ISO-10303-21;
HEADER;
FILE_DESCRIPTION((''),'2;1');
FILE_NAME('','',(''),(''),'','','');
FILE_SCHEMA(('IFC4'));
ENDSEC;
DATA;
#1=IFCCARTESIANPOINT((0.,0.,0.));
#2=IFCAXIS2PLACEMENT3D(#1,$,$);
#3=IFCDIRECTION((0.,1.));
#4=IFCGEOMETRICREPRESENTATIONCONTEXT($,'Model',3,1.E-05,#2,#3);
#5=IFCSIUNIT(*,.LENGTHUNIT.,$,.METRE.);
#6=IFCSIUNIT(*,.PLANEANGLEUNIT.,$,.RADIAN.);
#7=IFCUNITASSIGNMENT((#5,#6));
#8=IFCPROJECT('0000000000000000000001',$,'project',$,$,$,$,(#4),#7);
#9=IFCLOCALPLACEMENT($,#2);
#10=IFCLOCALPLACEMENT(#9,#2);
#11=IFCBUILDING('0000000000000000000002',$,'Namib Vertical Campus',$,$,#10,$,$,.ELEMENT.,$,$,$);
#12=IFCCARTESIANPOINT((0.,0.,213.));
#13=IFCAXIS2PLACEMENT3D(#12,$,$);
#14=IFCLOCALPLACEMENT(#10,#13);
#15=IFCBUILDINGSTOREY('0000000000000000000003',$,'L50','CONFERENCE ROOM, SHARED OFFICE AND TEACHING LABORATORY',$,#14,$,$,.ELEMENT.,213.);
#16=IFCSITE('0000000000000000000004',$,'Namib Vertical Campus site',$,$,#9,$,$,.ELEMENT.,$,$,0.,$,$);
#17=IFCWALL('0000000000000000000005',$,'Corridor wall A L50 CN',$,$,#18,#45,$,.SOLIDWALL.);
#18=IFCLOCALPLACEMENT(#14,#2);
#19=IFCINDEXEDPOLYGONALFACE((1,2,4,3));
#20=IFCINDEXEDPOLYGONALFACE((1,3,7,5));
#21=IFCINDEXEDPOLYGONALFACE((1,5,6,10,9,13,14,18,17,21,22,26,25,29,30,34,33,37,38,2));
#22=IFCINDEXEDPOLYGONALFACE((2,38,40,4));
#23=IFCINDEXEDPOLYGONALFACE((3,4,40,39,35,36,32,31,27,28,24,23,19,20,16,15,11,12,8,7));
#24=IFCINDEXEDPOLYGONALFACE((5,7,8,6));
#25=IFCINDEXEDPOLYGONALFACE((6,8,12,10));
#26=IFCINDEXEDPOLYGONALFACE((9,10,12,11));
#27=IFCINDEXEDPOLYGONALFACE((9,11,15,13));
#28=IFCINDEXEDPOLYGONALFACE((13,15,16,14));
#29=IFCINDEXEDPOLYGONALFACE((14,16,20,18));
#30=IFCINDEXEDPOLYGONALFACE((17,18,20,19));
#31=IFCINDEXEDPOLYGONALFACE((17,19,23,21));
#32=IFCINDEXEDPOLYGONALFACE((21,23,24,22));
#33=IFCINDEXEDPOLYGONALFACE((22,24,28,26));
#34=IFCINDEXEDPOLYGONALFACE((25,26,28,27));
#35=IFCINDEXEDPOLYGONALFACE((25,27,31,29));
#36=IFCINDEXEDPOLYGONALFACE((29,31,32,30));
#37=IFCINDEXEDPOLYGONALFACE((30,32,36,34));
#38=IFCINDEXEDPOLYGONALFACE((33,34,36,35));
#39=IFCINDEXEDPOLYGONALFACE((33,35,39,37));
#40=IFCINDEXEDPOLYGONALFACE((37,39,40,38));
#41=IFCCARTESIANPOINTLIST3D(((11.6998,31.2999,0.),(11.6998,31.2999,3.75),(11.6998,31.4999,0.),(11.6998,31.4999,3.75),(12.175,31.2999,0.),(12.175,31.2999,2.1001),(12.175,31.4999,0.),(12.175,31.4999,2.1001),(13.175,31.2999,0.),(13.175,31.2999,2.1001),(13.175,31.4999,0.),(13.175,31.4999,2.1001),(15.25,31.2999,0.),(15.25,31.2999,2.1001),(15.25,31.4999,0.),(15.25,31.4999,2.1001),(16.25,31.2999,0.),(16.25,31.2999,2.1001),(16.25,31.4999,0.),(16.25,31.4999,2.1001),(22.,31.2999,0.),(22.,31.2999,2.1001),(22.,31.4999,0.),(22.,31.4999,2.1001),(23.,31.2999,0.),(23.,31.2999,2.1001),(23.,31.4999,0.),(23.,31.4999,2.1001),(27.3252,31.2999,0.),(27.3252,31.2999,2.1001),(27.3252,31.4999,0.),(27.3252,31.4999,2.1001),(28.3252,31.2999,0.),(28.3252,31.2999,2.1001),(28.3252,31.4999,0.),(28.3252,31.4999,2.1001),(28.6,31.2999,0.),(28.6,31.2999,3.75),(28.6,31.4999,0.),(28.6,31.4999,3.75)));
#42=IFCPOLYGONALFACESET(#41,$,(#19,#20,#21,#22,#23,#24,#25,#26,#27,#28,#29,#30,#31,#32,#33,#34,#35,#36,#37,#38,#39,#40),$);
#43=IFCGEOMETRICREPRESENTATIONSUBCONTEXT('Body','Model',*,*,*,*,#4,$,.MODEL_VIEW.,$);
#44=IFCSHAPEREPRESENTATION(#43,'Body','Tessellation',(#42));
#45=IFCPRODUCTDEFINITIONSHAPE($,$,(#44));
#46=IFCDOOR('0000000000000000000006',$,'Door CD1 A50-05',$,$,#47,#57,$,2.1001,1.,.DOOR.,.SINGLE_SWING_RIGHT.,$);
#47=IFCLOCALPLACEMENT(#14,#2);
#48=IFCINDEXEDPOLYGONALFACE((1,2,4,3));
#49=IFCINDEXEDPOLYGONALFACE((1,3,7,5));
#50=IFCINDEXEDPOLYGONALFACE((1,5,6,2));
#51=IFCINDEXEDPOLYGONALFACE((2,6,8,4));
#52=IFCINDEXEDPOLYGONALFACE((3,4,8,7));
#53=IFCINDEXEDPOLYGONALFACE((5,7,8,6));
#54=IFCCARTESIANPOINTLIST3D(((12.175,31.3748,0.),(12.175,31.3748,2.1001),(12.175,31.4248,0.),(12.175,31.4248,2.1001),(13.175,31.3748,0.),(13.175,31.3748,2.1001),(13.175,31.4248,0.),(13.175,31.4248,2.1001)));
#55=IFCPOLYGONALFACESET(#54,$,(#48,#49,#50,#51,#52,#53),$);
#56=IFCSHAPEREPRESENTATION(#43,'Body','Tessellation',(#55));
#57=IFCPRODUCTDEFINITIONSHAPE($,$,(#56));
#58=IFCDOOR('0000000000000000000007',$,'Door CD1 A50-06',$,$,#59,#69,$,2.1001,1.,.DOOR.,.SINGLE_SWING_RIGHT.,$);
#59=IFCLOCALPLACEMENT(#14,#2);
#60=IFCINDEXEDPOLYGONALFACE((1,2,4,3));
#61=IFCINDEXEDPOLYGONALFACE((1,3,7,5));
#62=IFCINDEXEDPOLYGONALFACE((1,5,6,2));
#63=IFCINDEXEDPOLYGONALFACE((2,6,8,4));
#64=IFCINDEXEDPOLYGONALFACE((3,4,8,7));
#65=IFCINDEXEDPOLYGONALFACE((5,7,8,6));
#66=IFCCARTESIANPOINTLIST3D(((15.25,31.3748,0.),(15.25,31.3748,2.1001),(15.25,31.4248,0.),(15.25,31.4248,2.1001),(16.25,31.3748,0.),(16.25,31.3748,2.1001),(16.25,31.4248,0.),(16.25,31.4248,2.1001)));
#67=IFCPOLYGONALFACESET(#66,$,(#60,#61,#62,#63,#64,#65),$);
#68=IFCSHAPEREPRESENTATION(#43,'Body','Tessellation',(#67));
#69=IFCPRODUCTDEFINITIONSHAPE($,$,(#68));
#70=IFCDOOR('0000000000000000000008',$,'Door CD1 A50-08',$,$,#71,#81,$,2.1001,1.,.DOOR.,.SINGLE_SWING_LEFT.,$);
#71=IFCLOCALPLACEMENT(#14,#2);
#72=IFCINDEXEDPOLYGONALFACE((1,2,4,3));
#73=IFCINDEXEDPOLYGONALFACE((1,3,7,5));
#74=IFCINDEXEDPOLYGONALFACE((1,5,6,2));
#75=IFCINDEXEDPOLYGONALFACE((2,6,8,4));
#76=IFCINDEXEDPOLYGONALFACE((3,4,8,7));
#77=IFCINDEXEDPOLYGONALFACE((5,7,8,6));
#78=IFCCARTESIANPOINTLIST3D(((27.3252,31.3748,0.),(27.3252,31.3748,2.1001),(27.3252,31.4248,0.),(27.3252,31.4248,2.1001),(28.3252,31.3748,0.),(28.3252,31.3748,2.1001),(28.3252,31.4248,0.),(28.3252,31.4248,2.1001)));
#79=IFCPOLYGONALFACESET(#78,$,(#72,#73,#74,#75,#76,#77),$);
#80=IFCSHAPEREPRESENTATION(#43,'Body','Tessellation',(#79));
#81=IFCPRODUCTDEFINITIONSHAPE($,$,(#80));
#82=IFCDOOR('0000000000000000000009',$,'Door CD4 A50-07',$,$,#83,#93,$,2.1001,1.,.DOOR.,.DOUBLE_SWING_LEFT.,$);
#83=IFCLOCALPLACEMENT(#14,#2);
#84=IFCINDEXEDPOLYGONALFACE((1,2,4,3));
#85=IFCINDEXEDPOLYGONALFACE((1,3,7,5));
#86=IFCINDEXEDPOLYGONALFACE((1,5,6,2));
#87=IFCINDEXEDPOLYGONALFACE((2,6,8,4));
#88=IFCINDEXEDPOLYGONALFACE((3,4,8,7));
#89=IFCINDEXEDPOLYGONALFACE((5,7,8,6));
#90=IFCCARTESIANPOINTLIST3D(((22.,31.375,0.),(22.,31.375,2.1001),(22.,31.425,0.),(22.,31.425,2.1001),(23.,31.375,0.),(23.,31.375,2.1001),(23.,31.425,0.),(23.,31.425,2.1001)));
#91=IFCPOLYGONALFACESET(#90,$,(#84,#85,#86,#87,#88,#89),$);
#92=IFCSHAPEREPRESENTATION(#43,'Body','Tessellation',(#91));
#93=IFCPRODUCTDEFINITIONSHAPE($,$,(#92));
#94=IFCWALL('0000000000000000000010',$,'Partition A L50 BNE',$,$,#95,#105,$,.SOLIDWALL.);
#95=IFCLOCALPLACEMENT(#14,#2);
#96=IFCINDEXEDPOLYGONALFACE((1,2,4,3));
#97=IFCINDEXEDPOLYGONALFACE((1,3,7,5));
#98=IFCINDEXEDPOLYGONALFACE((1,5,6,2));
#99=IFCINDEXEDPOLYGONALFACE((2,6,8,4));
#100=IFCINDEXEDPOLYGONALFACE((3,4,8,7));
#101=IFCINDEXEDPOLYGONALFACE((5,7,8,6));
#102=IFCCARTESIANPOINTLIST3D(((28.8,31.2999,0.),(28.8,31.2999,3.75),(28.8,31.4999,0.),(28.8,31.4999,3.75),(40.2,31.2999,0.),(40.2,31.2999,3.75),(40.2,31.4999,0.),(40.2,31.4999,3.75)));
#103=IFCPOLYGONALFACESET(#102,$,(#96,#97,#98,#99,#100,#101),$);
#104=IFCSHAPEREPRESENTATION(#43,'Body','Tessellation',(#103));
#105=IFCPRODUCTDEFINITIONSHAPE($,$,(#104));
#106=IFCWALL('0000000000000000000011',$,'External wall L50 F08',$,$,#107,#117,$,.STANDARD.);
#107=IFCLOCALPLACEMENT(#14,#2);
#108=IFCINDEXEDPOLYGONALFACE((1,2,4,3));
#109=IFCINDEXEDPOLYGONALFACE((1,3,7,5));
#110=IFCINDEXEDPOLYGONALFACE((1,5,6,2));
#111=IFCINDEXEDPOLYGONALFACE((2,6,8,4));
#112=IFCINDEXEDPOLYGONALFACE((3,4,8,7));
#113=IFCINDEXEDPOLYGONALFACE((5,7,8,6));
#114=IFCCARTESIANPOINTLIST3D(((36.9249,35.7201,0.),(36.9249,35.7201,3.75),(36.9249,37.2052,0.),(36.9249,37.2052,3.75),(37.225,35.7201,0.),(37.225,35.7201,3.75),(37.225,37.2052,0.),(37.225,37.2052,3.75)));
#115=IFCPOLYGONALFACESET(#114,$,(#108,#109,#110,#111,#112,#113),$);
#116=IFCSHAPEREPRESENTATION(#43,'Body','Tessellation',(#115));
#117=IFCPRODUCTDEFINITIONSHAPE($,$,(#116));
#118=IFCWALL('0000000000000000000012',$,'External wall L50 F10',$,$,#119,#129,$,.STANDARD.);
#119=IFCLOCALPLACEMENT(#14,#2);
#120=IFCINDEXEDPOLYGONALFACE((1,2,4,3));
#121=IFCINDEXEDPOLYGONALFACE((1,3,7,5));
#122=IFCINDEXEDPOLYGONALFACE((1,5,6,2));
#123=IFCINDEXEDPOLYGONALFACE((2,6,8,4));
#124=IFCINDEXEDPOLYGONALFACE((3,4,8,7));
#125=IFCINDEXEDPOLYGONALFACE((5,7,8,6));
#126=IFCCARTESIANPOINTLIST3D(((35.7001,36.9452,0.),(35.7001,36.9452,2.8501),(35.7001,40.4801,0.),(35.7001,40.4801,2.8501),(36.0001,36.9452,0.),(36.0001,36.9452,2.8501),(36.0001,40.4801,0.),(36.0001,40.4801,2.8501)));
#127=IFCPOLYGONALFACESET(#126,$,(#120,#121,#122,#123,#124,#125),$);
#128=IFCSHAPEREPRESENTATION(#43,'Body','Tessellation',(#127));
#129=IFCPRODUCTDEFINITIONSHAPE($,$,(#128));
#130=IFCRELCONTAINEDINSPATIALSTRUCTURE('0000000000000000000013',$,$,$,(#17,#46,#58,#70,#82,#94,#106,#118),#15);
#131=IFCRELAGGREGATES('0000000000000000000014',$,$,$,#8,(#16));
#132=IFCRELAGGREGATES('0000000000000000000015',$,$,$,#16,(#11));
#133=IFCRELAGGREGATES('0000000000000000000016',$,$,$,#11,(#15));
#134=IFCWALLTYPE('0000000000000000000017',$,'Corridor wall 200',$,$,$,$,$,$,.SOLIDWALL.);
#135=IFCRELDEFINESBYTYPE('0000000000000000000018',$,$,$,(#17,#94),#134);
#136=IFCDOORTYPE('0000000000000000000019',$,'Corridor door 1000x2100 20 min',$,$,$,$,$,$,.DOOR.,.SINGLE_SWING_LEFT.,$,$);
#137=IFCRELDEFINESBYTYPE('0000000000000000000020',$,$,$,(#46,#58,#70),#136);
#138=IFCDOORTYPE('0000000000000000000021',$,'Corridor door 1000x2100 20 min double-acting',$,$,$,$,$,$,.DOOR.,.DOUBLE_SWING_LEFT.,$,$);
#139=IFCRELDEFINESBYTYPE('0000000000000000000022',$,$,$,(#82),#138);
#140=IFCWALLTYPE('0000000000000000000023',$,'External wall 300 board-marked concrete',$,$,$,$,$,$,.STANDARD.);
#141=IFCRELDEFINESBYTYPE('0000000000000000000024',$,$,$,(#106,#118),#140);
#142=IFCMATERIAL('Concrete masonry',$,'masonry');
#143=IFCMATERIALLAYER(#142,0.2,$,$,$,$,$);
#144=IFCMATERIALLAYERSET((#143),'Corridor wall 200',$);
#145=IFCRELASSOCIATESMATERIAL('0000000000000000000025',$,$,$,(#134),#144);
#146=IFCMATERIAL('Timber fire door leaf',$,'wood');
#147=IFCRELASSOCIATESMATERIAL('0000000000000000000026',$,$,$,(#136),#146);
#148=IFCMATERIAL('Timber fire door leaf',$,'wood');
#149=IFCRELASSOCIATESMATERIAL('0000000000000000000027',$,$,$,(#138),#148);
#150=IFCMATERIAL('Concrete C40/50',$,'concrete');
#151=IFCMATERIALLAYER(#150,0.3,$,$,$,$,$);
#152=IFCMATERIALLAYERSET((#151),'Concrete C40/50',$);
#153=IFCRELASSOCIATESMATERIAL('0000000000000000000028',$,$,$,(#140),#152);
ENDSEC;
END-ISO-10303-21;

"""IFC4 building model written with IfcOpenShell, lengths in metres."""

from ifc_helpers import new_model, si_unit, direction, frame, frame_2d, origin, place, context, subcontext, project, spatial, rectangle, extrude, material, layer, layer_set, type_object, element, fill, save


model = new_model("IFC4")

# Units and contexts
model_context = context("Model", 3, precision=1e-05, world=origin(), true_north=direction((0.0, 1.0)))
body_context = subcontext(model_context, "Body", "Model", "MODEL_VIEW")
ifc_project = project(units=[si_unit("LENGTHUNIT", "METRE"), si_unit("PLANEANGLEUNIT", "RADIAN")], contexts=[model_context])

# Site, building, storey
site_placement = place(None, origin())
site = spatial("IfcSite", under=ifc_project, at=site_placement, Name="Namib Vertical Campus site", CompositionType="ELEMENT", RefElevation=0.0)
building_placement = place(site_placement, origin())
building = spatial("IfcBuilding", under=site, at=building_placement, Name="Namib Vertical Campus", CompositionType="ELEMENT")
storey_placement = place(building_placement, frame((0.0, 0.0, 213.0)))
storey = spatial("IfcBuildingStorey", under=building, at=storey_placement, Name="L50", Description="CONFERENCE ROOM, SHARED OFFICE AND TEACHING LABORATORY", CompositionType="ELEMENT", Elevation=213.0)

# Wall, openings, doors
ifc_material_1 = material(Name="Concrete masonry", Category="masonry")
ifc_layer_1 = layer(ifc_material_1, 0.2)
ifc_layer_set_1 = layer_set([ifc_layer_1], Name="Corridor wall 200")
wall_type_1 = type_object("IfcWallType", Name="Corridor wall 200", PredefinedType="SOLIDWALL", material=ifc_layer_set_1)
wall_1_placement = place(storey_placement, frame((28.6001, 31.3999, 0.0), z_axis=(0.0, 0.0, 1.0), x_axis=(-1.0, 0.0, 0.0)))
wall_1 = element("IfcWall", 1, at=wall_1_placement, inside=storey, type_object=wall_type_1, Name="Corridor wall A L50 CN", PredefinedType="SOLIDWALL", context=body_context, shape_type="SweptSolid", body=[
    extrude(rectangle(XDim=16.9001, YDim=0.2, at=frame_2d((8.4502, 0.0))), origin(), (0.0, 0.0, 1.0), 3.75),
])
opening_1_placement = place(wall_1_placement, frame((15.425, 0.0, 0.0)))
opening_1 = element("IfcOpeningElement", 2, at=opening_1_placement, cuts=wall_1, PredefinedType="OPENING", context=body_context, shape_type="SweptSolid", body=[
    extrude(rectangle(XDim=1.0, YDim=2.1001, at=frame_2d((0.5, 1.05))), frame((0.0, 0.1099, 0.0), z_axis=(0.0, -1.0, 0.0), x_axis=(1.0, 0.0, 0.0)), (0.0, 0.0, 1.0), 0.22),
])
opening_2_placement = place(wall_1_placement, frame((12.3501, 0.0, 0.0)))
opening_2 = element("IfcOpeningElement", 3, at=opening_2_placement, cuts=wall_1, PredefinedType="OPENING", context=body_context, shape_type="SweptSolid", body=[
    extrude(rectangle(XDim=1.0, YDim=2.1001, at=frame_2d((0.5, 1.05))), frame((0.0, 0.1099, 0.0), z_axis=(0.0, -1.0, 0.0), x_axis=(1.0, 0.0, 0.0)), (0.0, 0.0, 1.0), 0.22),
])
opening_3_placement = place(wall_1_placement, frame((5.6001, 0.0, 0.0)))
opening_3 = element("IfcOpeningElement", 4, at=opening_3_placement, cuts=wall_1, PredefinedType="OPENING", context=body_context, shape_type="SweptSolid", body=[
    extrude(rectangle(XDim=1.0, YDim=2.1001, at=frame_2d((0.5, 1.05))), frame((0.0, 0.1099, 0.0), z_axis=(0.0, -1.0, 0.0), x_axis=(1.0, 0.0, 0.0)), (0.0, 0.0, 1.0), 0.22),
])
opening_4_placement = place(wall_1_placement, frame((0.2749, 0.0, 0.0)))
opening_4 = element("IfcOpeningElement", 5, at=opening_4_placement, cuts=wall_1, PredefinedType="OPENING", context=body_context, shape_type="SweptSolid", body=[
    extrude(rectangle(XDim=1.0, YDim=2.1001, at=frame_2d((0.5, 1.05))), frame((0.0, 0.1099, 0.0), z_axis=(0.0, -1.0, 0.0), x_axis=(1.0, 0.0, 0.0)), (0.0, 0.0, 1.0), 0.22),
])
ifc_material_2 = material(Name="Timber fire door leaf", Category="wood")
door_type_1 = type_object("IfcDoorType", Name="Corridor door 1000x2100 20 min", OperationType="SINGLE_SWING_LEFT", PredefinedType="DOOR", material=ifc_material_2)
door_1_placement = place(opening_1_placement, frame((1.0, 0.0, 0.0), z_axis=(0.0, 0.0, 1.0), x_axis=(-1.0, 0.0, 0.0)))
door_1 = element("IfcDoor", 6, at=door_1_placement, inside=storey, type_object=door_type_1, Name="Door CD1 A50-05", OperationType="SINGLE_SWING_RIGHT", OverallHeight=2.1001, OverallWidth=1.0, PredefinedType="DOOR", context=body_context, shape_type="SweptSolid", body=[
    extrude(rectangle(XDim=1.0, YDim=2.1001, at=frame_2d((0.5, 1.05))), frame((0.0, 0.0249, 0.0), z_axis=(0.0, -1.0, 0.0), x_axis=(1.0, 0.0, 0.0)), (0.0, 0.0, 1.0), 0.05),
])
fill(opening_1, door_1)
door_2_placement = place(opening_2_placement, frame((1.0, 0.0, 0.0), z_axis=(0.0, 0.0, 1.0), x_axis=(-1.0, 0.0, 0.0)))
door_2 = element("IfcDoor", 7, at=door_2_placement, inside=storey, type_object=door_type_1, Name="Door CD1 A50-06", OperationType="SINGLE_SWING_RIGHT", OverallHeight=2.1001, OverallWidth=1.0, PredefinedType="DOOR", context=body_context, shape_type="SweptSolid", body=[
    extrude(rectangle(XDim=1.0, YDim=2.1001, at=frame_2d((0.5, 1.05))), frame((0.0, 0.0249, 0.0), z_axis=(0.0, -1.0, 0.0), x_axis=(1.0, 0.0, 0.0)), (0.0, 0.0, 1.0), 0.05),
])
fill(opening_2, door_2)
door_3_placement = place(opening_4_placement, frame((1.0, 0.0, 0.0), z_axis=(0.0, 0.0, 1.0), x_axis=(-1.0, 0.0, 0.0)))
door_3 = element("IfcDoor", 8, at=door_3_placement, inside=storey, type_object=door_type_1, Name="Door CD1 A50-08", OperationType="SINGLE_SWING_LEFT", OverallHeight=2.1001, OverallWidth=1.0, PredefinedType="DOOR", context=body_context, shape_type="SweptSolid", body=[
    extrude(rectangle(XDim=1.0, YDim=2.1001, at=frame_2d((0.5, 1.05))), frame((0.0, 0.0249, 0.0), z_axis=(0.0, -1.0, 0.0), x_axis=(1.0, 0.0, 0.0)), (0.0, 0.0, 1.0), 0.05),
])
fill(opening_4, door_3)
ifc_material_3 = material(Name="Timber fire door leaf", Category="wood")
door_type_2 = type_object("IfcDoorType", Name="Corridor door 1000x2100 20 min double-acting", OperationType="DOUBLE_SWING_LEFT", PredefinedType="DOOR", material=ifc_material_3)
door_4_placement = place(opening_3_placement, origin())
door_4 = element("IfcDoor", 9, at=door_4_placement, inside=storey, type_object=door_type_2, Name="Door CD4 A50-07", OperationType="DOUBLE_SWING_LEFT", OverallHeight=2.1001, OverallWidth=1.0, PredefinedType="DOOR", context=body_context, shape_type="SweptSolid", body=[
    extrude(rectangle(XDim=1.0, YDim=2.1001, at=frame_2d((0.5, 1.05))), frame((0.0, 0.0249, 0.0), z_axis=(0.0, -1.0, 0.0), x_axis=(1.0, 0.0, 0.0)), (0.0, 0.0, 1.0), 0.05),
])
fill(opening_3, door_4)

# Walls
wall_2_placement = place(storey_placement, frame((28.8, 31.3999, 0.0), z_axis=(0.0, 0.0, 1.0), x_axis=(1.0, 0.0, 0.0)))
element("IfcWall", 10, at=wall_2_placement, inside=storey, type_object=wall_type_1, Name="Partition A L50 BNE", PredefinedType="SOLIDWALL", context=body_context, shape_type="SweptSolid", body=[
    extrude(rectangle(XDim=11.3999, YDim=0.2, at=frame_2d((5.7, 0.0))), origin(), (0.0, 0.0, 1.0), 3.75),
])
ifc_material_4 = material(Name="Concrete C40/50", Category="concrete")
ifc_layer_2 = layer(ifc_material_4, 0.3)
ifc_layer_set_2 = layer_set([ifc_layer_2], Name="Concrete C40/50")
wall_type_2 = type_object("IfcWallType", Name="External wall 300 board-marked concrete", PredefinedType="STANDARD", material=ifc_layer_set_2)
wall_3_placement = place(storey_placement, frame((37.075, 35.72, 0.0), z_axis=(0.0, 0.0, 1.0), x_axis=(0.0, 1.0, 0.0)))
element("IfcWall", 11, at=wall_3_placement, inside=storey, type_object=wall_type_2, Name="External wall L50 F08", PredefinedType="STANDARD", context=body_context, shape_type="SweptSolid", body=[
    extrude(rectangle(XDim=1.4851, YDim=0.3, at=frame_2d((0.7427, 0.0))), origin(), (0.0, 0.0, 1.0), 3.75),
])
wall_4_placement = place(storey_placement, frame((35.8501, 36.9451, 0.0), z_axis=(0.0, 0.0, 1.0), x_axis=(0.0, 1.0, 0.0)))
element("IfcWall", 12, at=wall_4_placement, inside=storey, type_object=wall_type_2, Name="External wall L50 F10", PredefinedType="STANDARD", context=body_context, shape_type="SweptSolid", body=[
    extrude(rectangle(XDim=3.5349, YDim=0.3, at=frame_2d((1.7676, 0.0))), origin(), (0.0, 0.0, 1.0), 2.8501),
])

save(model, "model.ifc")
